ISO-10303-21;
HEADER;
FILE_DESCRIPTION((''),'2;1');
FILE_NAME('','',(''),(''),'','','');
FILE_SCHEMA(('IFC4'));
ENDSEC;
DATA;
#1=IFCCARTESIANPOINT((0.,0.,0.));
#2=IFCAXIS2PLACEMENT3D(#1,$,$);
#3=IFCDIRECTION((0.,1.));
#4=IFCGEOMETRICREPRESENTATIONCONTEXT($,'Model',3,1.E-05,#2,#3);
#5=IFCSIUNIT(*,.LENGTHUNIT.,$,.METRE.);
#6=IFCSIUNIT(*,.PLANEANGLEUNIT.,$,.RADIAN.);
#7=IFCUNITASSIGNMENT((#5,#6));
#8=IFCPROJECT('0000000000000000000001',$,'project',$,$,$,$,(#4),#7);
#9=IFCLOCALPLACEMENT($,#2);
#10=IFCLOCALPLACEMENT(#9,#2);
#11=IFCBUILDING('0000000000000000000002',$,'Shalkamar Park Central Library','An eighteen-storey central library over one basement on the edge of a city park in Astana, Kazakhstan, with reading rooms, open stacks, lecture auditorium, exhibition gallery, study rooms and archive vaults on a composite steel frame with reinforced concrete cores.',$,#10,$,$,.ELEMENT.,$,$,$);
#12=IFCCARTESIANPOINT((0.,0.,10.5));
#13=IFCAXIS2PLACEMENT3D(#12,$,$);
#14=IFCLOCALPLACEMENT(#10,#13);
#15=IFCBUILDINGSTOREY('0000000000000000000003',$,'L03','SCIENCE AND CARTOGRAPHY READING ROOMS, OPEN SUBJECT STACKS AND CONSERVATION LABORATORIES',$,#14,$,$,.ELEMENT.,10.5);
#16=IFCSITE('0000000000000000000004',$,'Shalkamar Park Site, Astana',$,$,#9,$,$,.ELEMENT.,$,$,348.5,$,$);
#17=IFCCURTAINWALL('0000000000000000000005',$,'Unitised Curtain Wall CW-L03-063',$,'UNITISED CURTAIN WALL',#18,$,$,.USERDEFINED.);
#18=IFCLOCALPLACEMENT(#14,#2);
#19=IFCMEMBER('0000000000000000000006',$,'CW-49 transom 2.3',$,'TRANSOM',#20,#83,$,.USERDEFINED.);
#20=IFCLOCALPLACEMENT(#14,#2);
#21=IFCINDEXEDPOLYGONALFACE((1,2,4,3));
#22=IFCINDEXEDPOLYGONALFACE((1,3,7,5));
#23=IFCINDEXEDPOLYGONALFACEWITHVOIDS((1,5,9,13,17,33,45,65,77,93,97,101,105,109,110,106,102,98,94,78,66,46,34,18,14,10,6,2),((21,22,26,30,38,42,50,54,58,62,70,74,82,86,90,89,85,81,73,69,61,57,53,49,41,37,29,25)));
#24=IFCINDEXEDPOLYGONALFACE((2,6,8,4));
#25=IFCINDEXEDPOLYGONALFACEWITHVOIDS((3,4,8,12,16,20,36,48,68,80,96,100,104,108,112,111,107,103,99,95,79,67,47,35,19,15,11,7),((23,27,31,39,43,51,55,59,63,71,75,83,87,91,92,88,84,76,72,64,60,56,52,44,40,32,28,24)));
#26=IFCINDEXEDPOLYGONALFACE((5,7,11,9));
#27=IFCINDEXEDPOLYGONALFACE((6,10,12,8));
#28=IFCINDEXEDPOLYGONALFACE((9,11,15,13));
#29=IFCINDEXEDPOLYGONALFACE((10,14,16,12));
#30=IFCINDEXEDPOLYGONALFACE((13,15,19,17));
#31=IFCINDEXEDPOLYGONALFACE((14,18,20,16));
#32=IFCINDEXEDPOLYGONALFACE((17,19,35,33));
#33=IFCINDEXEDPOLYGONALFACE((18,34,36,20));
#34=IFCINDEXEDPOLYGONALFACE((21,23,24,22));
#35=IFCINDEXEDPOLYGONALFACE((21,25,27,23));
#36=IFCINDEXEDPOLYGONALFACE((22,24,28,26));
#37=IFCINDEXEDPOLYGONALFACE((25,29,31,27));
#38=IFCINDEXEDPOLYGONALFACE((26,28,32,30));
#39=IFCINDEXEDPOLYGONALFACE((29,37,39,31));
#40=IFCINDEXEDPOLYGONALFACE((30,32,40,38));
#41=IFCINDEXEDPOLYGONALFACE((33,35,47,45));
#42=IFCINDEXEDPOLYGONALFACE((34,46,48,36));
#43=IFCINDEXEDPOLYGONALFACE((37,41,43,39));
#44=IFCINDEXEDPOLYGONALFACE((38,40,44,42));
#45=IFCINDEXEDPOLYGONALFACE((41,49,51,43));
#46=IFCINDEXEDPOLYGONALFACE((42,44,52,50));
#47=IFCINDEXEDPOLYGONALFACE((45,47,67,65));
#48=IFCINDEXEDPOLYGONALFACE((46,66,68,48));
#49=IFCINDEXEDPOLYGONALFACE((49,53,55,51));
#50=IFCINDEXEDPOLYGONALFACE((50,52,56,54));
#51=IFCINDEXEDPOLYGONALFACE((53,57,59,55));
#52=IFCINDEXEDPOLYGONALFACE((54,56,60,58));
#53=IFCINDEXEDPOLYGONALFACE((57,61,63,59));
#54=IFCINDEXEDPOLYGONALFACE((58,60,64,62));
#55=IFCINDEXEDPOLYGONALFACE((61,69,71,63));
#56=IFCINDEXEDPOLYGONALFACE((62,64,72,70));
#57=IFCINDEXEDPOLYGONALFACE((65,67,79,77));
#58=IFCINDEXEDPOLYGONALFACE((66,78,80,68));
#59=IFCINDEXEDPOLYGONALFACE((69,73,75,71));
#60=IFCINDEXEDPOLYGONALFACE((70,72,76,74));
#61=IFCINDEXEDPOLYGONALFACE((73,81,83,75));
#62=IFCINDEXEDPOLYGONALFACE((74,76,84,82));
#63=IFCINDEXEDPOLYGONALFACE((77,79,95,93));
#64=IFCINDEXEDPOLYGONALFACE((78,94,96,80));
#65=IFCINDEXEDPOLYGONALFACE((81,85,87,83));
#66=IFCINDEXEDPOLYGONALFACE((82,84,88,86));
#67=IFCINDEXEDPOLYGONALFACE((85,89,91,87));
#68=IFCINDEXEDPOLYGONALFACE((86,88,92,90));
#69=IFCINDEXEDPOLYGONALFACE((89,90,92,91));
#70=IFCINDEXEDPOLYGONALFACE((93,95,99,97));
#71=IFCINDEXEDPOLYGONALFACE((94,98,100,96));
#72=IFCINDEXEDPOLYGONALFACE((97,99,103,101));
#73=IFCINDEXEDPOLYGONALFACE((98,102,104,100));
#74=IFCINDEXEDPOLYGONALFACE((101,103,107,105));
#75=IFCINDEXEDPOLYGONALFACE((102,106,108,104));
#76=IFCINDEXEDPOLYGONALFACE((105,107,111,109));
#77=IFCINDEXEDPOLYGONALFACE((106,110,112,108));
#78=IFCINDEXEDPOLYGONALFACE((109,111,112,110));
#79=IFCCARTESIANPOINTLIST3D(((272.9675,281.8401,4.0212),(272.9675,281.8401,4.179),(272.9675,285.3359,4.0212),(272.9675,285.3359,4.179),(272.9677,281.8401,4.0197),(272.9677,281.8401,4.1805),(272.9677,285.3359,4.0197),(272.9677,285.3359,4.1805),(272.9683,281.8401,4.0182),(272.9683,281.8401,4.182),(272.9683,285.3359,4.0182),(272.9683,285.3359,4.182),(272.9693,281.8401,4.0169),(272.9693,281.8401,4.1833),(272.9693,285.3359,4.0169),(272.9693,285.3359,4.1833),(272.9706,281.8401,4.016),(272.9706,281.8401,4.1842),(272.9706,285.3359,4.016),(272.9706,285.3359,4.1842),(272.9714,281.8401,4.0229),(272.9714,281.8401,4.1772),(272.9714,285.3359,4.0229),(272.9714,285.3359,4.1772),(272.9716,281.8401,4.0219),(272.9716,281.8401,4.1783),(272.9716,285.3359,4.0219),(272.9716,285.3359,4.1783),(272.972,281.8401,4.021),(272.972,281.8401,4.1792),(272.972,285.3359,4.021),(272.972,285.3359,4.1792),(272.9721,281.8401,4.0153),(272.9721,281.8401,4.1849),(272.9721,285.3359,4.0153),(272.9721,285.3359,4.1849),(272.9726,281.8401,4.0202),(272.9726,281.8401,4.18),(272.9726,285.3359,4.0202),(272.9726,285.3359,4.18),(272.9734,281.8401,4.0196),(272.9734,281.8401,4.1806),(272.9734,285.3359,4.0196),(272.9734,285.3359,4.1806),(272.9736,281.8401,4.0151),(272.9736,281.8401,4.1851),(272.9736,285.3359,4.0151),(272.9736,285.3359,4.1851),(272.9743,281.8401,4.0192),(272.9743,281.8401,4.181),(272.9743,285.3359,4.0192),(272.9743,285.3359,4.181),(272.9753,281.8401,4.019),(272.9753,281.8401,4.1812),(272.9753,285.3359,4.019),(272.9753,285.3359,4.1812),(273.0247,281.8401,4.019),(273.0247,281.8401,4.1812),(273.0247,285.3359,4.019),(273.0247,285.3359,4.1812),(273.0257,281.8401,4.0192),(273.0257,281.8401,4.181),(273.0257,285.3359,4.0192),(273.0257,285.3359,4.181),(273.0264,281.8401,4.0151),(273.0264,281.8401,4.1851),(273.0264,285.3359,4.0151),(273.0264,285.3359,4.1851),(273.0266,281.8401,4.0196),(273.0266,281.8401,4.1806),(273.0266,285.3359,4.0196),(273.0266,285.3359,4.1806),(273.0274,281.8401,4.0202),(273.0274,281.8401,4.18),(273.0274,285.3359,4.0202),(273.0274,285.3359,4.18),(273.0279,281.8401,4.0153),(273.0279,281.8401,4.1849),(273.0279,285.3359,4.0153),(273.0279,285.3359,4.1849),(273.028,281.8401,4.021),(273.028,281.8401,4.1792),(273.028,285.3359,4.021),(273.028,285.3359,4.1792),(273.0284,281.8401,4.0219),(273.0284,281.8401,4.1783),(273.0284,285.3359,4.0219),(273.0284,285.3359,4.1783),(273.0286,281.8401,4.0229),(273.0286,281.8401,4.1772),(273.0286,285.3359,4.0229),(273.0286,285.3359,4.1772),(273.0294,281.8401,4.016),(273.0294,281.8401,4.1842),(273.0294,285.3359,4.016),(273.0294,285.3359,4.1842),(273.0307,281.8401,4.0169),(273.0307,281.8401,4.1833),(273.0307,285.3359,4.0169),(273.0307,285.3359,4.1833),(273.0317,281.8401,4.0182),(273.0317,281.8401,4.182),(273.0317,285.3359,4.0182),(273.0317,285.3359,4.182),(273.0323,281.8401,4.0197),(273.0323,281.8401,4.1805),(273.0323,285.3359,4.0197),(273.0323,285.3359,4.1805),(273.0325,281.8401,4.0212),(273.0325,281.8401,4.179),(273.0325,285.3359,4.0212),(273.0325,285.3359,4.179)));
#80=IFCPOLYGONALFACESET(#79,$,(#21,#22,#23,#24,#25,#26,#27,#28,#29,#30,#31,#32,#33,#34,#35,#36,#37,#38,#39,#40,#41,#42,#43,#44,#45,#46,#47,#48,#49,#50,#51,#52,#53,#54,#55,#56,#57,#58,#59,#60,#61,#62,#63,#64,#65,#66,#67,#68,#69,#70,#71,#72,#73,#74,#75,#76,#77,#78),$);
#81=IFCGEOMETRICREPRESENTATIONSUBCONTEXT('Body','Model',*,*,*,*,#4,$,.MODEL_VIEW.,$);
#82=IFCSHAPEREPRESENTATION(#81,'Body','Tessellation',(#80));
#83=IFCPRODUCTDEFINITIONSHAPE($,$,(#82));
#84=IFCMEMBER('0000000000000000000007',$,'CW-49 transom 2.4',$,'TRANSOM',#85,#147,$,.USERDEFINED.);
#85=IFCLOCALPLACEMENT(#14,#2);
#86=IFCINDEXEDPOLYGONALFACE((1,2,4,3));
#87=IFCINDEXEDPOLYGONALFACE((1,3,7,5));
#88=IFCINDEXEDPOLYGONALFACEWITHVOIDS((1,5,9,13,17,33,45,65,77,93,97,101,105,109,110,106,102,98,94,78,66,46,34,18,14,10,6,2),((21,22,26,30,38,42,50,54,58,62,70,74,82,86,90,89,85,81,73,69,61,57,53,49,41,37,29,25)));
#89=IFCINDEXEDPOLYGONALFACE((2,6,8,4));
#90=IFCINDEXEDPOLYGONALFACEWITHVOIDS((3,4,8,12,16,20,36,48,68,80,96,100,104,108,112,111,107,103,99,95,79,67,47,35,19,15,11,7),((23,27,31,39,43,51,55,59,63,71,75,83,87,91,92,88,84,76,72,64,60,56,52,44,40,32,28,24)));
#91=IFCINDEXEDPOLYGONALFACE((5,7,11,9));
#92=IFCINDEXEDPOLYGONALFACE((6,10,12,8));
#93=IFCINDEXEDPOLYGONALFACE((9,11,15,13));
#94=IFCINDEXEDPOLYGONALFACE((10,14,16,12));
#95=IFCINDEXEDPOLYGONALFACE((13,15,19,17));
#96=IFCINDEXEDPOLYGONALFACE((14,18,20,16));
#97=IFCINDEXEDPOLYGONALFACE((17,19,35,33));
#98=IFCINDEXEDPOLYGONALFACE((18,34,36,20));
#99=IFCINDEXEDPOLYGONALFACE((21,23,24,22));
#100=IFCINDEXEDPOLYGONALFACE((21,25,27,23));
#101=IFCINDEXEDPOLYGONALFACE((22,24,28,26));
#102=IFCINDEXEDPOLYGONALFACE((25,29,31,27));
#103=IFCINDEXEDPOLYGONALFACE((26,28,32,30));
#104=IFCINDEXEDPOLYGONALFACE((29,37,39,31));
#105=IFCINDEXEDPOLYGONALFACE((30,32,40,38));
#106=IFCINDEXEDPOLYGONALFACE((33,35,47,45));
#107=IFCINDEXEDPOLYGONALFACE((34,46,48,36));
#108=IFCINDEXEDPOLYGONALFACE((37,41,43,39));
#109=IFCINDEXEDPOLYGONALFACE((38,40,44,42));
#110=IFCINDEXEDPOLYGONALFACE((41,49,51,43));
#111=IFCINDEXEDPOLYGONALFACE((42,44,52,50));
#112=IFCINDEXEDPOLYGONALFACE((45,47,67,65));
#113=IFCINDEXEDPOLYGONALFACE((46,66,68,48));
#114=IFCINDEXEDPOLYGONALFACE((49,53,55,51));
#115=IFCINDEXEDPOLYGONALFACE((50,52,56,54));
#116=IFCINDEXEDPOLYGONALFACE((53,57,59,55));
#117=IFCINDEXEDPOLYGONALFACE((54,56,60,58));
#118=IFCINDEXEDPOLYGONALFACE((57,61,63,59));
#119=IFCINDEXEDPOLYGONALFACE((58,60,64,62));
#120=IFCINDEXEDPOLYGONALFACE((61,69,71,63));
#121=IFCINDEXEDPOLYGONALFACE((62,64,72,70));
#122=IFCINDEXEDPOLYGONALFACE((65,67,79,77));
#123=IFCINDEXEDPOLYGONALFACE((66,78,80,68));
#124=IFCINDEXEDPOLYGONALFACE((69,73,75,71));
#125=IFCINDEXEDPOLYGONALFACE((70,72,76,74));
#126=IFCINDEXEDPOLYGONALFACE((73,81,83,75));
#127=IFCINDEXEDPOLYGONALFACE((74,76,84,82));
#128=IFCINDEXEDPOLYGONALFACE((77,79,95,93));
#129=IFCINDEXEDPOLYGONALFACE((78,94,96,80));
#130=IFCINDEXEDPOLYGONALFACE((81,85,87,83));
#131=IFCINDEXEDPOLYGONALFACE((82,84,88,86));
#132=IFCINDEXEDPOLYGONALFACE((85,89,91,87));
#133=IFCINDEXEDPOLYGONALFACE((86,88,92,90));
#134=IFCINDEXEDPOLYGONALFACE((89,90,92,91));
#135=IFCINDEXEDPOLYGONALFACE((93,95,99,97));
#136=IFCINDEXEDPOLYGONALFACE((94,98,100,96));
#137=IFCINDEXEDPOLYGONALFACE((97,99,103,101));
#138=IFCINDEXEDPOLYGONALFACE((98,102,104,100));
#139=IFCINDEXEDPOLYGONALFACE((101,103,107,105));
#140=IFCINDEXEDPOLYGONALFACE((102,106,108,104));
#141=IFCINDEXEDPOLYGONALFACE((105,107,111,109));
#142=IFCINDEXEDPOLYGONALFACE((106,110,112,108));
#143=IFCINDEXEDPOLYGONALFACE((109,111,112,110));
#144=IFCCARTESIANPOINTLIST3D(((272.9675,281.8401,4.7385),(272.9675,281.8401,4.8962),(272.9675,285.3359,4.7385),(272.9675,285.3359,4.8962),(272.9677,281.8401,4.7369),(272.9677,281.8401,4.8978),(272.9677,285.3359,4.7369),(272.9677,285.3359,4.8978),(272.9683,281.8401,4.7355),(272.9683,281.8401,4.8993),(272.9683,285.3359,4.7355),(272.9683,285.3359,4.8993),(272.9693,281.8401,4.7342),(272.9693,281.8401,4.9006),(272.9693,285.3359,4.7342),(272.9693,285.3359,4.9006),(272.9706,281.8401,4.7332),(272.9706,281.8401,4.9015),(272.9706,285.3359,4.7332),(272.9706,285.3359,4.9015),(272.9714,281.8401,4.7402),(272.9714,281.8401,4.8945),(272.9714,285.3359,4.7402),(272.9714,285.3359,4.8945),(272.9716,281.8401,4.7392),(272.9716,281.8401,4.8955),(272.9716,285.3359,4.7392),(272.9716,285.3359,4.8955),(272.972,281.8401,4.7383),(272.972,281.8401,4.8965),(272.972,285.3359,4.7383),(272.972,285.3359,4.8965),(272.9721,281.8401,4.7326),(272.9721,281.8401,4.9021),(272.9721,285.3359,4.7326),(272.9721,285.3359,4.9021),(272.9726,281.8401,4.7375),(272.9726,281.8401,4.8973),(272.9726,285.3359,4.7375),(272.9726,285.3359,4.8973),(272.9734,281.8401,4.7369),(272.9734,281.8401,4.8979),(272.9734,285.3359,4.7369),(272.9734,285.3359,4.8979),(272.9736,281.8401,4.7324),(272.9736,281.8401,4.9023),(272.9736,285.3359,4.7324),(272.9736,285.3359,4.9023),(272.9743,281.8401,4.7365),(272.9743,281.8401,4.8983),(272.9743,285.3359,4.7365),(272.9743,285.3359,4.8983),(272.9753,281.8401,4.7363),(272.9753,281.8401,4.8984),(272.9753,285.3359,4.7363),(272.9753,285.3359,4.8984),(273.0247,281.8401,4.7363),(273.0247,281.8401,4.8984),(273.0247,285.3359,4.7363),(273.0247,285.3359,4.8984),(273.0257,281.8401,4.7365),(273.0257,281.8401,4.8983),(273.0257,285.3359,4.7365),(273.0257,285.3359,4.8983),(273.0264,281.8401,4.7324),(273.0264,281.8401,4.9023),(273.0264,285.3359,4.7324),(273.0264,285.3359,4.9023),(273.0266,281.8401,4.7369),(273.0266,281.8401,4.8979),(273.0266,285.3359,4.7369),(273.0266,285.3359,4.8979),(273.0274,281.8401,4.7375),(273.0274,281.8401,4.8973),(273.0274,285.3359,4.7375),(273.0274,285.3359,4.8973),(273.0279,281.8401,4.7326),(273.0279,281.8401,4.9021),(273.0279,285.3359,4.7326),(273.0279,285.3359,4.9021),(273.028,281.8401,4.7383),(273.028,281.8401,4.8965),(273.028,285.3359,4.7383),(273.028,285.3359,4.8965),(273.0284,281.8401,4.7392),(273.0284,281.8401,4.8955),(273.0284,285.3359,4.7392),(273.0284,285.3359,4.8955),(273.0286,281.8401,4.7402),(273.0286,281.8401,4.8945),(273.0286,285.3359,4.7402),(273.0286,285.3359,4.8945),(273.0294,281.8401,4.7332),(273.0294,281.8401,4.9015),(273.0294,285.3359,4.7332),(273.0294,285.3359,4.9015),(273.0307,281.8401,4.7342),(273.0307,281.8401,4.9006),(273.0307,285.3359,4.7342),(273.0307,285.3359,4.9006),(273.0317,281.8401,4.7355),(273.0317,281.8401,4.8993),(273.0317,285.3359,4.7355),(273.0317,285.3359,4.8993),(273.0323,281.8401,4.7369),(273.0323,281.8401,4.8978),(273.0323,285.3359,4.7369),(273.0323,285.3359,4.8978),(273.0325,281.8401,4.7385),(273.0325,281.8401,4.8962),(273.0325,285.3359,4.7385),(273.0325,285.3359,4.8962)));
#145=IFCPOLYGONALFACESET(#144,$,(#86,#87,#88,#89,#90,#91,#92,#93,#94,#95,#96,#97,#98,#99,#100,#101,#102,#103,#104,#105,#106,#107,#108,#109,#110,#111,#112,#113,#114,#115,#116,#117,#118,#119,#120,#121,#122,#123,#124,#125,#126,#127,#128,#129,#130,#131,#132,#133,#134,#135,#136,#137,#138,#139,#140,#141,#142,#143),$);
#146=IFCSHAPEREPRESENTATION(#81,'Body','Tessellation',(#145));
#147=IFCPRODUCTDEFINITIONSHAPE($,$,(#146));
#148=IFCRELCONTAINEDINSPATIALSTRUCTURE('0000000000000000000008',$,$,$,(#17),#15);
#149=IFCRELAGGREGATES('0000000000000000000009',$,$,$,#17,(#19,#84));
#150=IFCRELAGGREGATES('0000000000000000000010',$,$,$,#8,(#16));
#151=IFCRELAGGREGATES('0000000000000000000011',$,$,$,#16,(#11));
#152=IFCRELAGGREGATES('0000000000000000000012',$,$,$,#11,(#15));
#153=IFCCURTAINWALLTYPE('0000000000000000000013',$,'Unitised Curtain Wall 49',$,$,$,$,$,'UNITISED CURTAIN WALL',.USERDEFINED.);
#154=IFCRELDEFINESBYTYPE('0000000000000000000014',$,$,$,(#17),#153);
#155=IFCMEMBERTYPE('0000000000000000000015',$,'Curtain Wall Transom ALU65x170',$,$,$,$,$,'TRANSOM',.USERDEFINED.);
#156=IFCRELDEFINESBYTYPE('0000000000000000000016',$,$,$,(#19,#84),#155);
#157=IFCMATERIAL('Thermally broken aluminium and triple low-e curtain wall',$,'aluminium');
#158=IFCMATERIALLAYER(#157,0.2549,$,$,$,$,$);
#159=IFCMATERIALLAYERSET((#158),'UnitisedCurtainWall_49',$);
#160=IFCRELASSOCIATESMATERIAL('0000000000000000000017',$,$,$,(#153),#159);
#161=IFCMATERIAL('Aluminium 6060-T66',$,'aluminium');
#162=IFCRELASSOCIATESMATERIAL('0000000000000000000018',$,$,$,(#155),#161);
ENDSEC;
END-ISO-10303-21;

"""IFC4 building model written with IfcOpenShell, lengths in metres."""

from ifc_helpers import new_model, si_unit, direction, frame, origin, origin_2d, place, context, subcontext, project, spatial, hollow_rectangle, extrude, material, layer, layer_set, material_profile, profile_set, type_object, element, aggregate, save


model = new_model("IFC4")

# Units and contexts
model_context = context("Model", 3, precision=1e-05, world=origin(), true_north=direction((0.0, 1.0)))
body_context = subcontext(model_context, "Body", "Model", "MODEL_VIEW")
ifc_project = project(units=[si_unit("LENGTHUNIT", "METRE"), si_unit("PLANEANGLEUNIT", "RADIAN")], contexts=[model_context])

# Site, building, storey
site_placement = place(None, origin())
site = spatial("IfcSite", under=ifc_project, at=site_placement, Name="Shalkamar Park Site, Astana", CompositionType="ELEMENT", RefElevation=348.5)
building_placement = place(site_placement, origin())
building = spatial("IfcBuilding", under=site, at=building_placement, Name="Shalkamar Park Central Library", Description="An eighteen-storey central library over one basement on the edge of a city park in Astana, Kazakhstan, with reading rooms, open stacks, lecture auditorium, exhibition gallery, study rooms and archive vaults on a composite steel frame with reinforced concrete cores.", CompositionType="ELEMENT")
storey_placement = place(building_placement, frame((0.0, 0.0, 10.5)))
storey = spatial("IfcBuildingStorey", under=building, at=storey_placement, Name="L03", Description="SCIENCE AND CARTOGRAPHY READING ROOMS, OPEN SUBJECT STACKS AND CONSERVATION LABORATORIES", CompositionType="ELEMENT", Elevation=10.5)

# Curtain wall
ifc_material_1 = material(Name="Thermally broken aluminium and triple low-e curtain wall", Category="aluminium")
ifc_layer_1 = layer(ifc_material_1, 0.2549)
ifc_layer_set_1 = layer_set([ifc_layer_1], Name="UnitisedCurtainWall_49")
curtain_wall_type_1 = type_object("IfcCurtainWallType", Name="Unitised Curtain Wall 49", ElementType="UNITISED CURTAIN WALL", PredefinedType="USERDEFINED", material=ifc_layer_set_1)
curtain_wall_1_placement = place(storey_placement, origin())
curtain_wall_1 = element("IfcCurtainWall", 1, at=curtain_wall_1_placement, inside=storey, type_object=curtain_wall_type_1, Name="Unitised Curtain Wall CW-L03-063", ObjectType="UNITISED CURTAIN WALL", PredefinedType="USERDEFINED")
ifc_material_2 = material(Name="Aluminium 6060-T66", Category="aluminium")

# Members
ifc_material_profile_1 = material_profile(ifc_material_2, hollow_rectangle(XDim=0.0649, YDim=0.1699, WallThickness=0.0039, InnerFilletRadius=0.0039, OuterFilletRadius=0.0061, at=origin_2d()), Name="ALU 65x170x4")
ifc_profile_set_1 = profile_set([ifc_material_profile_1], Name="Aluminium 6060-T66")
member_type_1 = type_object("IfcMemberType", Name="Curtain Wall Transom ALU65x170", ElementType="TRANSOM", PredefinedType="USERDEFINED", material=ifc_profile_set_1)
member_1_placement = place(storey_placement, frame((273.0, 281.8401, 4.1001), z_axis=(0.0, 1.0, 0.0), x_axis=(-1.0, 0.0, 0.0)))
member_1 = element("IfcMember", 2, at=member_1_placement, type_object=member_type_1, Name="CW-49 transom 2.3", ObjectType="TRANSOM", PredefinedType="USERDEFINED", context=body_context, shape_type="SweptSolid", body=[
    extrude(hollow_rectangle(XDim=0.0649, YDim=0.1699, WallThickness=0.0039, InnerFilletRadius=0.0039, OuterFilletRadius=0.0061, at=origin_2d()), origin(), (0.0, 0.0, 1.0), 3.4958),
])
member_2_placement = place(storey_placement, frame((273.0, 281.8401, 4.8174), z_axis=(0.0, 1.0, 0.0), x_axis=(-1.0, 0.0, 0.0)))
member_2 = element("IfcMember", 3, at=member_2_placement, type_object=member_type_1, Name="CW-49 transom 2.4", ObjectType="TRANSOM", PredefinedType="USERDEFINED", context=body_context, shape_type="SweptSolid", body=[
    extrude(hollow_rectangle(XDim=0.0649, YDim=0.1699, WallThickness=0.0039, InnerFilletRadius=0.0039, OuterFilletRadius=0.0061, at=origin_2d()), origin(), (0.0, 0.0, 1.0), 3.4958),
])

aggregate(curtain_wall_1, [member_1, member_2])

save(model, "model.ifc")
